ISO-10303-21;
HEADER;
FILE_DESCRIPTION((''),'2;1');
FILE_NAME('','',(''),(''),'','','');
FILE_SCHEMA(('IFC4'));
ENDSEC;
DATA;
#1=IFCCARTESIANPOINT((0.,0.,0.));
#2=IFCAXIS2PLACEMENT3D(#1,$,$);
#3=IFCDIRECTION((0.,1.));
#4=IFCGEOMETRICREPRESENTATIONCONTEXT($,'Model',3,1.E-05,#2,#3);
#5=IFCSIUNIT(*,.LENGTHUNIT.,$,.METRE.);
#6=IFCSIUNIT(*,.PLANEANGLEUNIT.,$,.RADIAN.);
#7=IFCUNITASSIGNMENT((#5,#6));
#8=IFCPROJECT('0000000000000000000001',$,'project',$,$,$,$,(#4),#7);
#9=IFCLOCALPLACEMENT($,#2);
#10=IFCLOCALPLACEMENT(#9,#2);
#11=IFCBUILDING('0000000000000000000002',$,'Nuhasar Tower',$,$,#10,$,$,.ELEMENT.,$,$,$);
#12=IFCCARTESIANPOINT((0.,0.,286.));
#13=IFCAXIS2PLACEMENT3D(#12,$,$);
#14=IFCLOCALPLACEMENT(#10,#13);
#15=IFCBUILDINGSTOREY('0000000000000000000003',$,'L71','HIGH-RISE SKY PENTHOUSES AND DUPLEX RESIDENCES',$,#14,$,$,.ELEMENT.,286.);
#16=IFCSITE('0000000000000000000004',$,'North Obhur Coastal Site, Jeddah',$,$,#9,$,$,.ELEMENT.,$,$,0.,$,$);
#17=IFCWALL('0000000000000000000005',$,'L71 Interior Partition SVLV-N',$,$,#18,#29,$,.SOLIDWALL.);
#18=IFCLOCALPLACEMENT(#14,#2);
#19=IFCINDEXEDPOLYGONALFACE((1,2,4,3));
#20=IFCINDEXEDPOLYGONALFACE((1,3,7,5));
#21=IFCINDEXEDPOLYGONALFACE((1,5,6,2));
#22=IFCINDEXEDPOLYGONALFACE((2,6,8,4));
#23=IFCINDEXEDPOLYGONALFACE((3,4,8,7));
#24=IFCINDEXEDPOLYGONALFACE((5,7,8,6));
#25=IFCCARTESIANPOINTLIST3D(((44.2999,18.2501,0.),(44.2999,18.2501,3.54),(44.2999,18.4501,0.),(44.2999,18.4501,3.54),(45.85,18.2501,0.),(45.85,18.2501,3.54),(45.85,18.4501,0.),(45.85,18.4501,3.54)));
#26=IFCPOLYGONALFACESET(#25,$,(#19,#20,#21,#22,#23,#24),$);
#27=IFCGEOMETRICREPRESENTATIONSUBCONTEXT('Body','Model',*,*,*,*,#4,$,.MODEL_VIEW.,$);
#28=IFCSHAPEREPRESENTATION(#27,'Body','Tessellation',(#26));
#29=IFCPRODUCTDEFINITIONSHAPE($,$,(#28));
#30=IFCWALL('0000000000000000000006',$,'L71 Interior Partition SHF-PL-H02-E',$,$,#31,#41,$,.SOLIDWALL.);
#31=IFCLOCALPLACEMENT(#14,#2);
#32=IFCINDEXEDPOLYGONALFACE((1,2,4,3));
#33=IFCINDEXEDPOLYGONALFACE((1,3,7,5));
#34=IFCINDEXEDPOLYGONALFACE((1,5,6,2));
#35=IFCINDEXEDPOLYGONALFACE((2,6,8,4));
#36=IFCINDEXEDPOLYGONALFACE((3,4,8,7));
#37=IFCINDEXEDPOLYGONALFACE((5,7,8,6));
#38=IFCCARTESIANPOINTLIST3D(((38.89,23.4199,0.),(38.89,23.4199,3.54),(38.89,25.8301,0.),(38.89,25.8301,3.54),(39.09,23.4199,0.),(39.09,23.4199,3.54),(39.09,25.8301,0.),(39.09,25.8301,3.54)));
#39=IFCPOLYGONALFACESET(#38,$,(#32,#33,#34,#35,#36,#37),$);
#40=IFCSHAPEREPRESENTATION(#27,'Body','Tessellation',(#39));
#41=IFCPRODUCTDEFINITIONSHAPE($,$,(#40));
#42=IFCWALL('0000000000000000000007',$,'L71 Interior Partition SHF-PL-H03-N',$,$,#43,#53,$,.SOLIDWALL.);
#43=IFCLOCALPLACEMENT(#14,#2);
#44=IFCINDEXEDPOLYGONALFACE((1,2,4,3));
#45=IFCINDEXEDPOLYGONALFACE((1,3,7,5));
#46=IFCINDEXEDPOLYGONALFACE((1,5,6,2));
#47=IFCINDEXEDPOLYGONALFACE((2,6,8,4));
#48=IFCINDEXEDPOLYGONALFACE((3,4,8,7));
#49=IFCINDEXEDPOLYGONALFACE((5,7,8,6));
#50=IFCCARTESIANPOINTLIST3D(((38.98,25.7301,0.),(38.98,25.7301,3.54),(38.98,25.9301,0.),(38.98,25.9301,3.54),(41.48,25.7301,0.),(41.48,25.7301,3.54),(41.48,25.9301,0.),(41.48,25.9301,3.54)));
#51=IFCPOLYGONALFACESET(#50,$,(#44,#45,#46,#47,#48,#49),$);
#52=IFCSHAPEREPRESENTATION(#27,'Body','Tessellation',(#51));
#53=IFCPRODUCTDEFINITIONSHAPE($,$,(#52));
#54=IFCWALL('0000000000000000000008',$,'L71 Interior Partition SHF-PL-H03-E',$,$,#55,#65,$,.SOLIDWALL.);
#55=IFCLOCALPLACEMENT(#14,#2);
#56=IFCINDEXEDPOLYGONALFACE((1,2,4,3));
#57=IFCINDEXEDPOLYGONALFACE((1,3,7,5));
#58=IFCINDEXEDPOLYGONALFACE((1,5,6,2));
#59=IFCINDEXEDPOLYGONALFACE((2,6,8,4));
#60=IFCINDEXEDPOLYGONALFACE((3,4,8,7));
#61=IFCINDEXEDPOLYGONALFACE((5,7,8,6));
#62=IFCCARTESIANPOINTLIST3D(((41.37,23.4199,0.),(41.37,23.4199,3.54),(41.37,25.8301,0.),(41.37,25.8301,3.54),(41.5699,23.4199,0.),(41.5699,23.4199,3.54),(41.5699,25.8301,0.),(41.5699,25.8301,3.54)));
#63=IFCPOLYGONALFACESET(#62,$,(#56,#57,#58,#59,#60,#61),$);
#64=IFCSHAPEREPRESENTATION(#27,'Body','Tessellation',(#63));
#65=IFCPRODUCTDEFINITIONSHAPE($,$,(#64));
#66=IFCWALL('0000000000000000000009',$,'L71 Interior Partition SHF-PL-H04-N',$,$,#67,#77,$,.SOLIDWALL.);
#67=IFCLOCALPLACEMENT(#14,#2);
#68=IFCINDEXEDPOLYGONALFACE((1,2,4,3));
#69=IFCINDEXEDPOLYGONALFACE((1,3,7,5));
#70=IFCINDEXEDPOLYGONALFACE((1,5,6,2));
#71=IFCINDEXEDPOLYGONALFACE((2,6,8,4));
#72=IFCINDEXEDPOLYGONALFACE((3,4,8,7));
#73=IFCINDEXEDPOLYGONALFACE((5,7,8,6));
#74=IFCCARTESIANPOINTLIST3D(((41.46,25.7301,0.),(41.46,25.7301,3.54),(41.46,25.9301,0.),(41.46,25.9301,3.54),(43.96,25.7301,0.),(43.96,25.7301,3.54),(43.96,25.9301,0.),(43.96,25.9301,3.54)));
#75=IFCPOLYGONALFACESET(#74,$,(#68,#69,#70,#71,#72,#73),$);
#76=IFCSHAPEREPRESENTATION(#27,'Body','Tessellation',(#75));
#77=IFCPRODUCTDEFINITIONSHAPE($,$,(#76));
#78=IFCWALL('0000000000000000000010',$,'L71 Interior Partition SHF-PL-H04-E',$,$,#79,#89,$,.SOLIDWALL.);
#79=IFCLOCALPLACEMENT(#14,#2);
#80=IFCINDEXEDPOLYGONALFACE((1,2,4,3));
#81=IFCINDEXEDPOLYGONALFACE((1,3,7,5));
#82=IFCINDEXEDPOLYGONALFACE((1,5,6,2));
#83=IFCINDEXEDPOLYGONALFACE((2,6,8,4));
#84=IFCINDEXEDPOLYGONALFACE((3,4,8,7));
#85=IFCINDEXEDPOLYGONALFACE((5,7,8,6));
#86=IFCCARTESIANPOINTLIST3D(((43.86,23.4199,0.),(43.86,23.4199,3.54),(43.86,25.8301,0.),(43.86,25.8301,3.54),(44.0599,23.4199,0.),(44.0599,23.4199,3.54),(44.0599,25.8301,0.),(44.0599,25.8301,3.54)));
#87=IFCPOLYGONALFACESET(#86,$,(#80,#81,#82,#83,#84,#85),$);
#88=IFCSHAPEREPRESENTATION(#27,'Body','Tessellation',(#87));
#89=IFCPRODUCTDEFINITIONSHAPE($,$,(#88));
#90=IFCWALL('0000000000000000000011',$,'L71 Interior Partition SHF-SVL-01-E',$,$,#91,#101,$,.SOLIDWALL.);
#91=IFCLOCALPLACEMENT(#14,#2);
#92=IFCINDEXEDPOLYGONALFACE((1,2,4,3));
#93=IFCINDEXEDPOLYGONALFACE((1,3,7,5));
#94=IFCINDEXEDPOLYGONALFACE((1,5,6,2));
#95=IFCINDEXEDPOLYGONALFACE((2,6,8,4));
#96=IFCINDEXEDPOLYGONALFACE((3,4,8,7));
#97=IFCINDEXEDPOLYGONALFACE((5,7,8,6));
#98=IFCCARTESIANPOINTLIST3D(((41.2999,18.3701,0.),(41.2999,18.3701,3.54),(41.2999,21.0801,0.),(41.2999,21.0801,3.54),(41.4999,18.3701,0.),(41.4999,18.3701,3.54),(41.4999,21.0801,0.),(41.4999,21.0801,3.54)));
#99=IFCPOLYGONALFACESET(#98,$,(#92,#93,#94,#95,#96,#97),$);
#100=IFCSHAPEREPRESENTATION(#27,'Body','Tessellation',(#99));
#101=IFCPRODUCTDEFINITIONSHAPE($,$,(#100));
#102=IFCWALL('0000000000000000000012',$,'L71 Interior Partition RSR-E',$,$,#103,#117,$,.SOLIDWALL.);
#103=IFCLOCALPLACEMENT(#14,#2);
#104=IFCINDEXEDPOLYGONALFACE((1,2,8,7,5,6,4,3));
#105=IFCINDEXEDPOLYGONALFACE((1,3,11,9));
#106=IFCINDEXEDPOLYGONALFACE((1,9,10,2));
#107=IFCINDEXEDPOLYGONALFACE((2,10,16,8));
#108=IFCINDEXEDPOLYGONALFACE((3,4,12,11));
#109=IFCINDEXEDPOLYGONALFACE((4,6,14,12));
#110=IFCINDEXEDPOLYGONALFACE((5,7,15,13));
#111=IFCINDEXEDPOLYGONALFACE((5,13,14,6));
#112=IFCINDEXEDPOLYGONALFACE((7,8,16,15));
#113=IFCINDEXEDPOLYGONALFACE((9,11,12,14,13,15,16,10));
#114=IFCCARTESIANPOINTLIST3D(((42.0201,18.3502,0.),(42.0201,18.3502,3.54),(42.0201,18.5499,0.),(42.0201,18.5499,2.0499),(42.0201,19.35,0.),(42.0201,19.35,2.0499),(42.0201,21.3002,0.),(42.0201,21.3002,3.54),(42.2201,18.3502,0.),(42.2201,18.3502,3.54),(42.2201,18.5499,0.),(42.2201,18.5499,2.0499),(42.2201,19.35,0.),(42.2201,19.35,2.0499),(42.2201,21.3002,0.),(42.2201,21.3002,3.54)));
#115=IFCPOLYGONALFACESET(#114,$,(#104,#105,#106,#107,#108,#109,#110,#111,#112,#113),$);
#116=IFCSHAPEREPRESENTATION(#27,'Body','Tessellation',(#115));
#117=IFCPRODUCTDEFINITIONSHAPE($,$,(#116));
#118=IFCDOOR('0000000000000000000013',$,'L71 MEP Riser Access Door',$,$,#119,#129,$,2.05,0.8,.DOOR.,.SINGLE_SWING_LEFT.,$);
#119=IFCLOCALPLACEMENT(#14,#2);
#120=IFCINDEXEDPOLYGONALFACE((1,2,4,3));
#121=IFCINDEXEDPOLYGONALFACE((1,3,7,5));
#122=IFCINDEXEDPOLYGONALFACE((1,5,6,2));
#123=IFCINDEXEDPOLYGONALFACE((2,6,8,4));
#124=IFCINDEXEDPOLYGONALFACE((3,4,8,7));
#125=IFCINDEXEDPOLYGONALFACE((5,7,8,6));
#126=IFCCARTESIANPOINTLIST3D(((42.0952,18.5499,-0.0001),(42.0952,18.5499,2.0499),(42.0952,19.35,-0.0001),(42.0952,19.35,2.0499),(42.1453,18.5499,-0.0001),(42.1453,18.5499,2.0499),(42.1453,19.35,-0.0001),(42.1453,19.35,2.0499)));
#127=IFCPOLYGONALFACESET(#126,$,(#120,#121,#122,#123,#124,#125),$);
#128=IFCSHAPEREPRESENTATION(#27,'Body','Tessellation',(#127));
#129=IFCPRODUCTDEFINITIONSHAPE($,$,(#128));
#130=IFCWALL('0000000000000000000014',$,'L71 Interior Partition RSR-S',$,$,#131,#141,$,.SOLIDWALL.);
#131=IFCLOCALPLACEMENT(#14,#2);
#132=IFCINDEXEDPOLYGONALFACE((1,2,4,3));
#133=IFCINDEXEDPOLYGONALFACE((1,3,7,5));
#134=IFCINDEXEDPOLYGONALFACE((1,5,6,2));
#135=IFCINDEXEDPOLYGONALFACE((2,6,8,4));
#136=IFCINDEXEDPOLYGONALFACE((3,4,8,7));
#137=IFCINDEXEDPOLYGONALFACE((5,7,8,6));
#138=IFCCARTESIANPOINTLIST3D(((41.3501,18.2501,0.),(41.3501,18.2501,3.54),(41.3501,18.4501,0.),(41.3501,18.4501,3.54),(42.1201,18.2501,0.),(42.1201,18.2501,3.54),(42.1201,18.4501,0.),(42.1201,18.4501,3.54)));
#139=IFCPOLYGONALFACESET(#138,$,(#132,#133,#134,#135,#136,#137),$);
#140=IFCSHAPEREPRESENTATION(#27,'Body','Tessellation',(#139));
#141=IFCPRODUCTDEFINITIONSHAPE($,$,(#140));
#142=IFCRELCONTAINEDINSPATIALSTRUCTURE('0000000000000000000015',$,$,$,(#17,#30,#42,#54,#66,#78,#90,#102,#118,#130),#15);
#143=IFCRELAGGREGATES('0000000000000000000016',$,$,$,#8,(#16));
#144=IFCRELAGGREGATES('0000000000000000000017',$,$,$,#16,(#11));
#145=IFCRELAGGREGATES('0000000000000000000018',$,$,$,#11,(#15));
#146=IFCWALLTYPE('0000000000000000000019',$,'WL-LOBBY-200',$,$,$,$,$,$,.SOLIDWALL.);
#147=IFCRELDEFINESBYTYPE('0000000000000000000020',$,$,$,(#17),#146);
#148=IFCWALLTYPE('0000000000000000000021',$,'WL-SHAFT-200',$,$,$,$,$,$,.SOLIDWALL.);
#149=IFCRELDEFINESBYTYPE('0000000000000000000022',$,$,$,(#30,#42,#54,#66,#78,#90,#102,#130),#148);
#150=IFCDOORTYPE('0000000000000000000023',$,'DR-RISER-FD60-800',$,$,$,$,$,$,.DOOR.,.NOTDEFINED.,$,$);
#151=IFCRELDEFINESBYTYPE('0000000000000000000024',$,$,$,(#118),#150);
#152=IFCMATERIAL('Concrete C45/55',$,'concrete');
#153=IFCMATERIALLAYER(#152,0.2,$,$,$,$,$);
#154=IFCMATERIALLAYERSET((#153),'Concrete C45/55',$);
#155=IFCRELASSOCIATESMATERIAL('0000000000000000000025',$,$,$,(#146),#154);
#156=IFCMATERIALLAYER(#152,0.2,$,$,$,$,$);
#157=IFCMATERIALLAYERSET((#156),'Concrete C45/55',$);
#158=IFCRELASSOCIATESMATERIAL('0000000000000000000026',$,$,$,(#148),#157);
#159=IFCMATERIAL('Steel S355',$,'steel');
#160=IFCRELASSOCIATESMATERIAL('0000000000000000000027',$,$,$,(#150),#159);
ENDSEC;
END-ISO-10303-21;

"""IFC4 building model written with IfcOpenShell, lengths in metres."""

from ifc_helpers import new_model, si_unit, direction, frame, frame_2d, origin, place, context, subcontext, project, spatial, rectangle, extrude, material, layer, layer_set, type_object, element, fill, save


model = new_model("IFC4")

# Units and contexts
model_context = context("Model", 3, precision=1e-05, world=origin(), true_north=direction((0.0, 1.0)))
body_context = subcontext(model_context, "Body", "Model", "MODEL_VIEW")
ifc_project = project(units=[si_unit("LENGTHUNIT", "METRE"), si_unit("PLANEANGLEUNIT", "RADIAN")], contexts=[model_context])

# Site, building, storey
site_placement = place(None, origin())
site = spatial("IfcSite", under=ifc_project, at=site_placement, Name="North Obhur Coastal Site, Jeddah", CompositionType="ELEMENT", RefElevation=0.0)
building_placement = place(site_placement, origin())
building = spatial("IfcBuilding", under=site, at=building_placement, Name="Nuhasar Tower", CompositionType="ELEMENT")
storey_placement = place(building_placement, frame((0.0, 0.0, 286.0)))
storey = spatial("IfcBuildingStorey", under=building, at=storey_placement, Name="L71", Description="HIGH-RISE SKY PENTHOUSES AND DUPLEX RESIDENCES", CompositionType="ELEMENT", Elevation=286.0)

# Shared definitions
ifc_material_1 = material(Name="Steel S355", Category="steel")

# Shared definitions
ifc_material_2 = material(Name="Concrete C45/55", Category="concrete")
ifc_layer_1 = layer(ifc_material_2, 0.2)
ifc_layer_set_1 = layer_set([ifc_layer_1], Name="Concrete C45/55")
wall_type_1 = type_object("IfcWallType", Name="WL-LOBBY-200", PredefinedType="SOLIDWALL", material=ifc_layer_set_1)

# Walls
wall_1_placement = place(storey_placement, frame((44.3, 18.3501, 0.0), z_axis=(0.0, 0.0, 1.0), x_axis=(1.0, 0.0, 0.0)))
element("IfcWall", 1, at=wall_1_placement, inside=storey, type_object=wall_type_1, Name="L71 Interior Partition SVLV-N", PredefinedType="SOLIDWALL", context=body_context, shape_type="SweptSolid", body=[
    extrude(rectangle(XDim=1.55, YDim=0.2, at=frame_2d((0.7749, 0.0))), origin(), (0.0, 0.0, 1.0), 3.54),
])
ifc_layer_2 = layer(ifc_material_2, 0.2)
ifc_layer_set_2 = layer_set([ifc_layer_2], Name="Concrete C45/55")
wall_type_2 = type_object("IfcWallType", Name="WL-SHAFT-200", PredefinedType="SOLIDWALL", material=ifc_layer_set_2)
wall_2_placement = place(storey_placement, frame((38.99, 23.4199, 0.0), z_axis=(0.0, 0.0, 1.0), x_axis=(0.0, 1.0, 0.0)))
element("IfcWall", 2, at=wall_2_placement, inside=storey, type_object=wall_type_2, Name="L71 Interior Partition SHF-PL-H02-E", PredefinedType="SOLIDWALL", context=body_context, shape_type="SweptSolid", body=[
    extrude(rectangle(XDim=2.4102, YDim=0.2, at=frame_2d((1.2051, 0.0))), origin(), (0.0, 0.0, 1.0), 3.54),
])

# Walls
wall_3_placement = place(storey_placement, frame((38.98, 25.8301, 0.0), z_axis=(0.0, 0.0, 1.0), x_axis=(1.0, 0.0, 0.0)))
element("IfcWall", 3, at=wall_3_placement, inside=storey, type_object=wall_type_2, Name="L71 Interior Partition SHF-PL-H03-N", PredefinedType="SOLIDWALL", context=body_context, shape_type="SweptSolid", body=[
    extrude(rectangle(XDim=2.5, YDim=0.2, at=frame_2d((1.25, 0.0))), origin(), (0.0, 0.0, 1.0), 3.54),
])
wall_4_placement = place(storey_placement, frame((41.47, 23.4199, 0.0), z_axis=(0.0, 0.0, 1.0), x_axis=(0.0, 1.0, 0.0)))
element("IfcWall", 4, at=wall_4_placement, inside=storey, type_object=wall_type_2, Name="L71 Interior Partition SHF-PL-H03-E", PredefinedType="SOLIDWALL", context=body_context, shape_type="SweptSolid", body=[
    extrude(rectangle(XDim=2.4102, YDim=0.2, at=frame_2d((1.2051, 0.0))), origin(), (0.0, 0.0, 1.0), 3.54),
])

# Walls
wall_5_placement = place(storey_placement, frame((41.46, 25.8301, 0.0), z_axis=(0.0, 0.0, 1.0), x_axis=(1.0, 0.0, 0.0)))
element("IfcWall", 5, at=wall_5_placement, inside=storey, type_object=wall_type_2, Name="L71 Interior Partition SHF-PL-H04-N", PredefinedType="SOLIDWALL", context=body_context, shape_type="SweptSolid", body=[
    extrude(rectangle(XDim=2.5, YDim=0.2, at=frame_2d((1.25, 0.0))), origin(), (0.0, 0.0, 1.0), 3.54),
])
wall_6_placement = place(storey_placement, frame((43.96, 23.4199, 0.0), z_axis=(0.0, 0.0, 1.0), x_axis=(0.0, 1.0, 0.0)))
element("IfcWall", 6, at=wall_6_placement, inside=storey, type_object=wall_type_2, Name="L71 Interior Partition SHF-PL-H04-E", PredefinedType="SOLIDWALL", context=body_context, shape_type="SweptSolid", body=[
    extrude(rectangle(XDim=2.4102, YDim=0.2, at=frame_2d((1.2051, 0.0))), origin(), (0.0, 0.0, 1.0), 3.54),
])
wall_7_placement = place(storey_placement, frame((41.3999, 18.3701, 0.0), z_axis=(0.0, 0.0, 1.0), x_axis=(0.0, 1.0, 0.0)))
element("IfcWall", 7, at=wall_7_placement, inside=storey, type_object=wall_type_2, Name="L71 Interior Partition SHF-SVL-01-E", PredefinedType="SOLIDWALL", context=body_context, shape_type="SweptSolid", body=[
    extrude(rectangle(XDim=2.71, YDim=0.2, at=frame_2d((1.355, 0.0))), origin(), (0.0, 0.0, 1.0), 3.54),
])

# Wall, opening, door
wall_8_placement = place(storey_placement, frame((42.1201, 18.3501, 0.0), z_axis=(0.0, 0.0, 1.0), x_axis=(0.0, 1.0, 0.0)))
wall_8 = element("IfcWall", 8, at=wall_8_placement, inside=storey, type_object=wall_type_2, Name="L71 Interior Partition RSR-E", PredefinedType="SOLIDWALL", context=body_context, shape_type="SweptSolid", body=[
    extrude(rectangle(XDim=2.95, YDim=0.2, at=frame_2d((1.4751, 0.0))), origin(), (0.0, 0.0, 1.0), 3.54),
])
opening_1_placement = place(wall_8_placement, frame((0.2, 0.0, 0.0)))
opening_1 = element("IfcOpeningElement", 9, at=opening_1_placement, cuts=wall_8, PredefinedType="OPENING", context=body_context, shape_type="SweptSolid", body=[
    extrude(rectangle(XDim=0.8, YDim=2.05, at=frame_2d((0.3999, 1.0249))), frame((0.0, 0.1099, 0.0), z_axis=(0.0, -1.0, 0.0), x_axis=(1.0, 0.0, 0.0)), (0.0, 0.0, 1.0), 0.22),
])
door_type_1 = type_object("IfcDoorType", Name="DR-RISER-FD60-800", OperationType="NOTDEFINED", PredefinedType="DOOR", material=ifc_material_1)
door_1_placement = place(opening_1_placement, origin())
door_1 = element("IfcDoor", 10, at=door_1_placement, inside=storey, type_object=door_type_1, Name="L71 MEP Riser Access Door", OperationType="SINGLE_SWING_LEFT", OverallHeight=2.05, OverallWidth=0.8, PredefinedType="DOOR", context=body_context, shape_type="SweptSolid", body=[
    extrude(rectangle(XDim=0.8, YDim=2.05, at=frame_2d((0.3999, 1.0249))), frame((0.0, 0.0249, 0.0), z_axis=(0.0, -1.0, 0.0), x_axis=(1.0, 0.0, 0.0)), (0.0, 0.0, 1.0), 0.05),
])
fill(opening_1, door_1)

# Wall
wall_9_placement = place(storey_placement, frame((41.3501, 18.3501, 0.0), z_axis=(0.0, 0.0, 1.0), x_axis=(1.0, 0.0, 0.0)))
element("IfcWall", 11, at=wall_9_placement, inside=storey, type_object=wall_type_2, Name="L71 Interior Partition RSR-S", PredefinedType="SOLIDWALL", context=body_context, shape_type="SweptSolid", body=[
    extrude(rectangle(XDim=0.77, YDim=0.2, at=frame_2d((0.385, 0.0))), origin(), (0.0, 0.0, 1.0), 3.54),
])

save(model, "model.ifc")
